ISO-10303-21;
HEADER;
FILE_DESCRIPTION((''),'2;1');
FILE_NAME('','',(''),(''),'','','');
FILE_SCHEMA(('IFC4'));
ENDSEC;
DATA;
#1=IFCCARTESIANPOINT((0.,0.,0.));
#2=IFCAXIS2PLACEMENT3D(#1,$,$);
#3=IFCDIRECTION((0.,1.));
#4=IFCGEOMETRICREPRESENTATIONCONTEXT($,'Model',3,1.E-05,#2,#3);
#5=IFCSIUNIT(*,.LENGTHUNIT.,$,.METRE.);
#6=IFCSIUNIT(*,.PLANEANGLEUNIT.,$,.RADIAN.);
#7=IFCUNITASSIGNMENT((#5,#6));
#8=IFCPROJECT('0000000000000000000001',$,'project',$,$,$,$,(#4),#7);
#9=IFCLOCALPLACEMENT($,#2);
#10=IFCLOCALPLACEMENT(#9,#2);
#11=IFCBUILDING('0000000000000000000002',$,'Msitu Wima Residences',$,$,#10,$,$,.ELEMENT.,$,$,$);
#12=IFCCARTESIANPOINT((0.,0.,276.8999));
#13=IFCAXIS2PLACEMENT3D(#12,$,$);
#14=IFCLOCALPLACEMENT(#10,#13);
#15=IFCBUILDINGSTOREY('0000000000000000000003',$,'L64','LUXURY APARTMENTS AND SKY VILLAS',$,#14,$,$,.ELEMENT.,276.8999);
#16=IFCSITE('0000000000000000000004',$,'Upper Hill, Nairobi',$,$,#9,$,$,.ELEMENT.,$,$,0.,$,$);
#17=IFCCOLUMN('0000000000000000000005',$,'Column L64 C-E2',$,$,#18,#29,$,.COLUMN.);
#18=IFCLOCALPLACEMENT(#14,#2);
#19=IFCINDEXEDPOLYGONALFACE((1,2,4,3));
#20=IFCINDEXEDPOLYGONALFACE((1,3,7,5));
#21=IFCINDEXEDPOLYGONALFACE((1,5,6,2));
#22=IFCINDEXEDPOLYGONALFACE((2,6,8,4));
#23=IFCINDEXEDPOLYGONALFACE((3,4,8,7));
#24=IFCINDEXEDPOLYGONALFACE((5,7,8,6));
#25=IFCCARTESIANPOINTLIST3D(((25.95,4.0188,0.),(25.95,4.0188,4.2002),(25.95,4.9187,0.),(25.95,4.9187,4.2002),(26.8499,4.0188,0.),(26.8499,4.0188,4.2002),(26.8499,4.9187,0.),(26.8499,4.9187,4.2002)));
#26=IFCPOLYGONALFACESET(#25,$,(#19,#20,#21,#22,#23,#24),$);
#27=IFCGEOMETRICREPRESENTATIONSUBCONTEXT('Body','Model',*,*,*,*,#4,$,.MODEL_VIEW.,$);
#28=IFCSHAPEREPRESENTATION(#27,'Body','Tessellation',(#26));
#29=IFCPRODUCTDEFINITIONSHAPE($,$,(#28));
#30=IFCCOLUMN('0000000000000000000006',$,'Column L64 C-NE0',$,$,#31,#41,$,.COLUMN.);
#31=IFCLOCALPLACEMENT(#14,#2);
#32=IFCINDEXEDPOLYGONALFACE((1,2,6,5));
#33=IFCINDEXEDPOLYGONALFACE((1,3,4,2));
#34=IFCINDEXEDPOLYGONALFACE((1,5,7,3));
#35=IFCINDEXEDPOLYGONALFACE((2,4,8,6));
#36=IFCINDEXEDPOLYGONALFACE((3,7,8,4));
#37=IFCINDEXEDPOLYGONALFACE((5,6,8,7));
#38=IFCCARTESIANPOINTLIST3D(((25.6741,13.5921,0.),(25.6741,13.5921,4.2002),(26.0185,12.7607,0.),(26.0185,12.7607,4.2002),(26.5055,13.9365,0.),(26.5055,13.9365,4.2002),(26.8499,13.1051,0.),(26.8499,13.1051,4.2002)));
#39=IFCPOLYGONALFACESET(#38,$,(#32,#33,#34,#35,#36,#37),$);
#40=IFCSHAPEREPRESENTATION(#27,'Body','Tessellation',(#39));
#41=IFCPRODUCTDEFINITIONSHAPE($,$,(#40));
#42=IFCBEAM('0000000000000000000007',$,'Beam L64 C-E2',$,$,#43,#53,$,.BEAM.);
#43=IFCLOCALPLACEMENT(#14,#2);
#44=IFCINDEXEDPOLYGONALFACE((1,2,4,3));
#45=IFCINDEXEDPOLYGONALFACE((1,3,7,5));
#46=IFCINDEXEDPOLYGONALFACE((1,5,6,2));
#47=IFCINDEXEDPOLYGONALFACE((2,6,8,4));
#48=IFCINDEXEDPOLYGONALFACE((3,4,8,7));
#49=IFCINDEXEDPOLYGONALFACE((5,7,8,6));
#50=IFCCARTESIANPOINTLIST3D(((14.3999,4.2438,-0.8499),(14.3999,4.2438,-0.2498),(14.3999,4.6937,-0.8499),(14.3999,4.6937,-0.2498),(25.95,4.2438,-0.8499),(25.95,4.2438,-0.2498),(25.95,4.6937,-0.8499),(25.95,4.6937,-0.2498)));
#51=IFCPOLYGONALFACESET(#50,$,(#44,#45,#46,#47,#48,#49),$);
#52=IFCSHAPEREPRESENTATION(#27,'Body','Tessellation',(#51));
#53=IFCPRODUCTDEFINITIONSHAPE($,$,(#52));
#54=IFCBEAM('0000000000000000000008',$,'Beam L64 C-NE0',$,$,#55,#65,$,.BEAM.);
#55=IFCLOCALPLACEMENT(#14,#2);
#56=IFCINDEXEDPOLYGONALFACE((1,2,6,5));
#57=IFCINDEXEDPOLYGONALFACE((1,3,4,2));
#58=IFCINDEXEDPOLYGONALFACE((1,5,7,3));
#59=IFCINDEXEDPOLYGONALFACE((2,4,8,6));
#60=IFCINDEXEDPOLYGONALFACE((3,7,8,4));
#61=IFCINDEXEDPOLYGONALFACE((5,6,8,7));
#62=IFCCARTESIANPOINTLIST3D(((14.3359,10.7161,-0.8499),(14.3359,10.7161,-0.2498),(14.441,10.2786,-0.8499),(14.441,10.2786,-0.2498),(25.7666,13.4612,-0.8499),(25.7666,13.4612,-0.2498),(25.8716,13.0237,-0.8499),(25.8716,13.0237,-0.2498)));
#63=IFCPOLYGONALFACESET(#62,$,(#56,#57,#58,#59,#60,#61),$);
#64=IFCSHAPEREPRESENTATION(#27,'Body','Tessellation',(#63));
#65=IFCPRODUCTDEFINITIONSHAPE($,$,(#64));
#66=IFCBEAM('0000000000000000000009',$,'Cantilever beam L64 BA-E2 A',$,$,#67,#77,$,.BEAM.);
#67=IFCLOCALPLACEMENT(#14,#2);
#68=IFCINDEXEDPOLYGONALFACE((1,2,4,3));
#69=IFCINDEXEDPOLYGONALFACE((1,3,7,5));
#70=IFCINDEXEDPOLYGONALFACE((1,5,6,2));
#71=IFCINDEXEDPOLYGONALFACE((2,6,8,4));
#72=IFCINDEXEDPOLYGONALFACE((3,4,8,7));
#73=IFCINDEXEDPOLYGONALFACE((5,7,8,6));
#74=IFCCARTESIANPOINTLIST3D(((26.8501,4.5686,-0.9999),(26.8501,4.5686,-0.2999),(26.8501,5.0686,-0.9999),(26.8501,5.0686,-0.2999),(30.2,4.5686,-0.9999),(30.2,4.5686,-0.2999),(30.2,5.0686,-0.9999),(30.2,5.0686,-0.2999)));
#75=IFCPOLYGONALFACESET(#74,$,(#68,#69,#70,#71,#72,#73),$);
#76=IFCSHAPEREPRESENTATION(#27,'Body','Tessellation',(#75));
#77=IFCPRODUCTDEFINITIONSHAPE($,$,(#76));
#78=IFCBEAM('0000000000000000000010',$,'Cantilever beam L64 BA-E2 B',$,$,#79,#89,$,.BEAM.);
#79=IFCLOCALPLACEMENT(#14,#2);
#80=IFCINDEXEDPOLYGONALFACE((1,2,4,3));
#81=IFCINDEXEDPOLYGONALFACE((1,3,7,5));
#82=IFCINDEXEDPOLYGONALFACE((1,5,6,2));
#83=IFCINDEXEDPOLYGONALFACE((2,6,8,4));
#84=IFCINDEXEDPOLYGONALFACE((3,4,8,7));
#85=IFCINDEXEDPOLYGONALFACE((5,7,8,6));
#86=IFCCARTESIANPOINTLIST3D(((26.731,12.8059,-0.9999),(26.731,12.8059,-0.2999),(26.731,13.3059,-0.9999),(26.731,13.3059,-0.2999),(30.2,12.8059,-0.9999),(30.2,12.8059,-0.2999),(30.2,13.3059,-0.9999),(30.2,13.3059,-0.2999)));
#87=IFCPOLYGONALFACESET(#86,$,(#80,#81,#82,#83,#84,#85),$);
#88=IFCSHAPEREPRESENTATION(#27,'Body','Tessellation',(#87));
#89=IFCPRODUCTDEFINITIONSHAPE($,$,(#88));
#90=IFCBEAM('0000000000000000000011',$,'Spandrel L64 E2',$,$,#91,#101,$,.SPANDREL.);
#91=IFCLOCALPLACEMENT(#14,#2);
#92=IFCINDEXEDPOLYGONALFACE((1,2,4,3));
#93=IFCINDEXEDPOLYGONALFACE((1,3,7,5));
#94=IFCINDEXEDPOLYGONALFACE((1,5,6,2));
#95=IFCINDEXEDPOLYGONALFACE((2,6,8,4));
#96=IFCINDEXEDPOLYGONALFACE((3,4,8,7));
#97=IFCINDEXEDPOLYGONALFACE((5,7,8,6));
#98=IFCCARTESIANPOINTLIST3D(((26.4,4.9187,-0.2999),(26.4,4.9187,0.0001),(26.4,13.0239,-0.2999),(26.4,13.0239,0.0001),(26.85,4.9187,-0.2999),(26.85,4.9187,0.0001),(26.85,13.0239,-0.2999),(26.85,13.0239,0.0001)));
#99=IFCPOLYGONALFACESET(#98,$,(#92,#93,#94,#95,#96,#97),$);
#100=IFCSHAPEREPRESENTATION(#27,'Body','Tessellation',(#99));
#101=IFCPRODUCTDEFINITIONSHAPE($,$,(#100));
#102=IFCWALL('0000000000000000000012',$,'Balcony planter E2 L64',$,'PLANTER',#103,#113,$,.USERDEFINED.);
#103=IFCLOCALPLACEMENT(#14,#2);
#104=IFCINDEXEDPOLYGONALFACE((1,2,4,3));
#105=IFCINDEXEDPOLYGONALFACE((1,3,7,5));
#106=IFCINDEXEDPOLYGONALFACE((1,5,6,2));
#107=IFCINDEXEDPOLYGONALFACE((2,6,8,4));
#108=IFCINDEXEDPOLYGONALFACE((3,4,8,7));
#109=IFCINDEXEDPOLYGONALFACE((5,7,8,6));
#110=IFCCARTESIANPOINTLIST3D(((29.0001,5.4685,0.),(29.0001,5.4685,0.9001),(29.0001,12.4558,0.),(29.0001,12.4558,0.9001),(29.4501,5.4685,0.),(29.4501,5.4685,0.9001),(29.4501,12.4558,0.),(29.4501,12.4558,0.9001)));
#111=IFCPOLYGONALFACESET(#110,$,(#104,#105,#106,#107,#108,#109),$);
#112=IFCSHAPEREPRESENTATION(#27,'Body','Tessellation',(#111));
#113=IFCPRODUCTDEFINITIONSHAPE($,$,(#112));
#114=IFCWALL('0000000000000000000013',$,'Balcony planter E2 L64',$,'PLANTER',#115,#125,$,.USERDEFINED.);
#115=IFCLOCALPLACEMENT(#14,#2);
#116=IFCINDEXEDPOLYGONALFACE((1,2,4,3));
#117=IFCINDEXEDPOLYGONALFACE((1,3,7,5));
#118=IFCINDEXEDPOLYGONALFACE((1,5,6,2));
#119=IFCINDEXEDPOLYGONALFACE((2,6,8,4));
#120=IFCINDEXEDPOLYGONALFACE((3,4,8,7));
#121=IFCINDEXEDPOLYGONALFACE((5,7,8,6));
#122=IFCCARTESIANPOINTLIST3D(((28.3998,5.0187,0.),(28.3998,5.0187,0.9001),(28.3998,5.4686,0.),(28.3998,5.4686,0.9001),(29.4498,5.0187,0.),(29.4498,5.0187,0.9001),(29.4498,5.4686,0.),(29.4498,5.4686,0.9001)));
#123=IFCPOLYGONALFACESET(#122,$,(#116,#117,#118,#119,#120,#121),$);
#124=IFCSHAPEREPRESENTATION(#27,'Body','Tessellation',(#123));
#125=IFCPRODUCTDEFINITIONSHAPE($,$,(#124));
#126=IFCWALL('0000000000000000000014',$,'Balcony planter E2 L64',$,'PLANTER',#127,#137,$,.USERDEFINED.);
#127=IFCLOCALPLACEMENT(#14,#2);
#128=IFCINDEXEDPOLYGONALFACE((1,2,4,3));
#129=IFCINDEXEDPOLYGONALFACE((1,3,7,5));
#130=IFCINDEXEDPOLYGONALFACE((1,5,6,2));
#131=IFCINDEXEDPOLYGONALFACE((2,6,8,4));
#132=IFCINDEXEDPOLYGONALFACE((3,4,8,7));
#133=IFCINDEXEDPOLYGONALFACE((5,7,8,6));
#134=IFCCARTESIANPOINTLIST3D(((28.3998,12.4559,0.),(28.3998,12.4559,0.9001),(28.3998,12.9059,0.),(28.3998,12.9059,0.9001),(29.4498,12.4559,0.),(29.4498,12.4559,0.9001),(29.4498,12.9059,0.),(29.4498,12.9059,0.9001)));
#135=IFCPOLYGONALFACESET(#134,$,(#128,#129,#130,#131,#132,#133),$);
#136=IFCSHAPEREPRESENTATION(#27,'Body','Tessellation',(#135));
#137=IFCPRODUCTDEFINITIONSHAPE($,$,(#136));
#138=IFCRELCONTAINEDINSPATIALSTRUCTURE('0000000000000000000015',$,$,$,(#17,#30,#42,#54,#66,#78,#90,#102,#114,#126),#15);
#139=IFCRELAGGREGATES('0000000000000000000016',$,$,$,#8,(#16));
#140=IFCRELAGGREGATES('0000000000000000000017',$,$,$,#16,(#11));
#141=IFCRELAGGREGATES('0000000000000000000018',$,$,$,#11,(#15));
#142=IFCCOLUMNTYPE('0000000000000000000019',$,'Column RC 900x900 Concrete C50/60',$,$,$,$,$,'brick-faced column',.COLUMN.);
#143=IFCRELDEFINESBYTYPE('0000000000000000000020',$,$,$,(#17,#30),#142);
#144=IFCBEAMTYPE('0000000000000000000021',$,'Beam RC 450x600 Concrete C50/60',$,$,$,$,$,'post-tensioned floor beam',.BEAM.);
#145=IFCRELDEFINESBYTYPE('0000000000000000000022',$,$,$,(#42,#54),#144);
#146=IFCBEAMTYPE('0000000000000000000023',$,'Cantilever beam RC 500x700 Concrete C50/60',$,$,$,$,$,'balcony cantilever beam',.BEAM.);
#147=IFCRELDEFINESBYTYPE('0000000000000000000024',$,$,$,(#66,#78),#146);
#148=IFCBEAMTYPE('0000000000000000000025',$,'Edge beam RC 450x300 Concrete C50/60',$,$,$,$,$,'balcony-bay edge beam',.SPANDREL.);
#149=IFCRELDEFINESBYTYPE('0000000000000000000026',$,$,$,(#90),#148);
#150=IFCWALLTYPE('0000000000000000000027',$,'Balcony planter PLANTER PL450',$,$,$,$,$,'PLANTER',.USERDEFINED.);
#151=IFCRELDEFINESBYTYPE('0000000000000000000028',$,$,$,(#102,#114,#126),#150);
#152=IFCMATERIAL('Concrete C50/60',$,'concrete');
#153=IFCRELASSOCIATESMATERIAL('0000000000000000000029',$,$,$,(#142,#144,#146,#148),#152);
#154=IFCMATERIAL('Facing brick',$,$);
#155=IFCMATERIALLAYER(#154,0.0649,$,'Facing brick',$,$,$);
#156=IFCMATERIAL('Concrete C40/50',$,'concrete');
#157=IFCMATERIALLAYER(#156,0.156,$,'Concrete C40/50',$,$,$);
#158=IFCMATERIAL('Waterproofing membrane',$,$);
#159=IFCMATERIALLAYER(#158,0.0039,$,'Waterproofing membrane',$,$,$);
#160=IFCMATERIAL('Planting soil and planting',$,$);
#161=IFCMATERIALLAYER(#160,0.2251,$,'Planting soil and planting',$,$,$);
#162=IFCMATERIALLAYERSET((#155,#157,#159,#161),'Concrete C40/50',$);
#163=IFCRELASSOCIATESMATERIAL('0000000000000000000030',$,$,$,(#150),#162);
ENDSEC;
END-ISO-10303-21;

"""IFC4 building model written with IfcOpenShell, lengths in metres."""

from ifc_helpers import new_model, si_unit, direction, frame, frame_2d, origin, origin_2d, place, context, subcontext, project, spatial, rectangle, extrude, material, layer, layer_set, material_profile, profile_set, type_object, element, save


model = new_model("IFC4")

# Units and contexts
model_context = context("Model", 3, precision=1e-05, world=origin(), true_north=direction((0.0, 1.0)))
body_context = subcontext(model_context, "Body", "Model", "MODEL_VIEW")
ifc_project = project(units=[si_unit("LENGTHUNIT", "METRE"), si_unit("PLANEANGLEUNIT", "RADIAN")], contexts=[model_context])

# Site, building, storey
site_placement = place(None, origin())
site = spatial("IfcSite", under=ifc_project, at=site_placement, Name="Upper Hill, Nairobi", CompositionType="ELEMENT", RefElevation=0.0)
building_placement = place(site_placement, origin())
building = spatial("IfcBuilding", under=site, at=building_placement, Name="Msitu Wima Residences", CompositionType="ELEMENT")
storey_placement = place(building_placement, frame((0.0, 0.0, 276.8999)))
storey = spatial("IfcBuildingStorey", under=building, at=storey_placement, Name="L64", Description="LUXURY APARTMENTS AND SKY VILLAS", CompositionType="ELEMENT", Elevation=276.8999)

# Columns
ifc_material_1 = material(Name="Concrete C50/60", Category="concrete")
ifc_material_profile_1 = material_profile(ifc_material_1, rectangle(XDim=0.8999, YDim=0.8999, at=origin_2d()), Name="RC 900x900")
ifc_profile_set_1 = profile_set([ifc_material_profile_1], Name="Concrete C50/60")
column_type = type_object("IfcColumnType", Name="Column RC 900x900 Concrete C50/60", ElementType="brick-faced column", PredefinedType="COLUMN", material=ifc_profile_set_1)
for number, where, z_axis, x_axis, name in (
    (1, (26.3999, 4.4688, 0.0), (0.0, 0.0, 1.0), (0.0, 1.0, 0.0), "Column L64 C-E2"),
    (2, (26.262, 13.3486, 0.0), (0.0, 0.0, 1.0), (-0.382683, 0.92388, 0.0), "Column L64 C-NE0"),
):
    element("IfcColumn", number, at=place(storey_placement, frame(where, z_axis=z_axis, x_axis=x_axis)), inside=storey, type_object=column_type, Name=name, PredefinedType="COLUMN", context=body_context, shape_type="SweptSolid", body=[
        extrude(rectangle(XDim=0.8999, YDim=0.8999, at=origin_2d()), origin(), (0.0, 0.0, 1.0), 4.2002),
    ])

# Beams
ifc_material_profile_2 = material_profile(ifc_material_1, rectangle(XDim=0.45, YDim=0.6001, at=origin_2d()), Name="RC 450x600")
ifc_profile_set_2 = profile_set([ifc_material_profile_2], Name="Concrete C50/60")
beam_type_1 = type_object("IfcBeamType", Name="Beam RC 450x600 Concrete C50/60", ElementType="post-tensioned floor beam", PredefinedType="BEAM", material=ifc_profile_set_2)
beam_1_placement = place(storey_placement, frame((25.95, 4.4688, -0.5498), z_axis=(-1.0, 0.0, 0.0), x_axis=(0.0, -1.0, 0.0)))
element("IfcBeam", 3, at=beam_1_placement, inside=storey, type_object=beam_type_1, Name="Beam L64 C-E2", PredefinedType="BEAM", context=body_context, shape_type="SweptSolid", body=[
    extrude(rectangle(XDim=0.45, YDim=0.6001, at=origin_2d()), origin(), (0.0, 0.0, 1.0), 11.55),
])
beam_2_placement = place(storey_placement, frame((25.8191, 13.2424, -0.5498), z_axis=(-0.972353, -0.233514, 0.0), x_axis=(0.233514, -0.972353, 0.0)))
element("IfcBeam", 4, at=beam_2_placement, inside=storey, type_object=beam_type_1, Name="Beam L64 C-NE0", PredefinedType="BEAM", context=body_context, shape_type="SweptSolid", body=[
    extrude(rectangle(XDim=0.45, YDim=0.6001, at=origin_2d()), origin(), (0.0, 0.0, 1.0), 11.7556),
])
ifc_material_profile_3 = material_profile(ifc_material_1, rectangle(XDim=0.5, YDim=0.7, at=origin_2d()), Name="RC 500x700")
ifc_profile_set_3 = profile_set([ifc_material_profile_3], Name="Concrete C50/60")
beam_type_2 = type_object("IfcBeamType", Name="Cantilever beam RC 500x700 Concrete C50/60", ElementType="balcony cantilever beam", PredefinedType="BEAM", material=ifc_profile_set_3)
beam_3_placement = place(storey_placement, frame((26.8501, 4.8186, -0.6499), z_axis=(1.0, 0.0, 0.0), x_axis=(0.0, 1.0, 0.0)))
element("IfcBeam", 5, at=beam_3_placement, inside=storey, type_object=beam_type_2, Name="Cantilever beam L64 BA-E2 A", PredefinedType="BEAM", context=body_context, shape_type="SweptSolid", body=[
    extrude(rectangle(XDim=0.5, YDim=0.7, at=origin_2d()), origin(), (0.0, 0.0, 1.0), 3.3499),
])
beam_4_placement = place(storey_placement, frame((26.731, 13.0559, -0.6499), z_axis=(1.0, 0.0, 0.0), x_axis=(0.0, 1.0, 0.0)))
element("IfcBeam", 6, at=beam_4_placement, inside=storey, type_object=beam_type_2, Name="Cantilever beam L64 BA-E2 B", PredefinedType="BEAM", context=body_context, shape_type="SweptSolid", body=[
    extrude(rectangle(XDim=0.5, YDim=0.7, at=origin_2d()), origin(), (0.0, 0.0, 1.0), 3.469),
])
ifc_material_profile_4 = material_profile(ifc_material_1, rectangle(XDim=0.45, YDim=0.3, at=origin_2d()), Name="RC 450x300")
ifc_profile_set_4 = profile_set([ifc_material_profile_4], Name="Concrete C50/60")
beam_type_3 = type_object("IfcBeamType", Name="Edge beam RC 450x300 Concrete C50/60", ElementType="balcony-bay edge beam", PredefinedType="SPANDREL", material=ifc_profile_set_4)
beam_5_placement = place(storey_placement, frame((26.625, 4.9187, -0.1499), z_axis=(0.0, 1.0, 0.0), x_axis=(-1.0, 0.0, 0.0)))
element("IfcBeam", 7, at=beam_5_placement, inside=storey, type_object=beam_type_3, Name="Spandrel L64 E2", PredefinedType="SPANDREL", context=body_context, shape_type="SweptSolid", body=[
    extrude(rectangle(XDim=0.45, YDim=0.3, at=origin_2d()), origin(), (0.0, 0.0, 1.0), 8.1052),
])

# Walls
ifc_material_2 = material(Name="Facing brick")
ifc_layer_1 = layer(ifc_material_2, 0.0649, Name="Facing brick")
ifc_material_3 = material(Name="Concrete C40/50", Category="concrete")
ifc_layer_2 = layer(ifc_material_3, 0.156, Name="Concrete C40/50")
ifc_material_4 = material(Name="Waterproofing membrane")
ifc_layer_3 = layer(ifc_material_4, 0.0039, Name="Waterproofing membrane")
ifc_material_5 = material(Name="Planting soil and planting")
ifc_layer_4 = layer(ifc_material_5, 0.2251, Name="Planting soil and planting")
ifc_layer_set_1 = layer_set([ifc_layer_1, ifc_layer_2, ifc_layer_3, ifc_layer_4], Name="Concrete C40/50")
wall_type_1 = type_object("IfcWallType", Name="Balcony planter PLANTER PL450", ElementType="PLANTER", PredefinedType="USERDEFINED", material=ifc_layer_set_1)
wall_1_placement = place(storey_placement, frame((29.2251, 5.4685, 0.0), z_axis=(0.0, 0.0, 1.0), x_axis=(0.0, 1.0, 0.0)))
element("IfcWall", 8, at=wall_1_placement, inside=storey, type_object=wall_type_1, Name="Balcony planter E2 L64", ObjectType="PLANTER", PredefinedType="USERDEFINED", context=body_context, shape_type="SweptSolid", body=[
    extrude(rectangle(XDim=6.9873, YDim=0.45, at=frame_2d((3.4937, 0.0))), origin(), (0.0, 0.0, 1.0), 0.9001),
])
for number, where, z_axis, x_axis, name in (
    (9, (28.3999, 5.2437, 0.0), (0.0, 0.0, 1.0), (1.0, 0.0, 0.0), "Balcony planter E2 L64"),
    (10, (28.3999, 12.6809, 0.0), (0.0, 0.0, 1.0), (1.0, 0.0, 0.0), "Balcony planter E2 L64"),
):
    element("IfcWall", number, at=place(storey_placement, frame(where, z_axis=z_axis, x_axis=x_axis)), inside=storey, type_object=wall_type_1, Name=name, ObjectType="PLANTER", PredefinedType="USERDEFINED", context=body_context, shape_type="SweptSolid", body=[
        extrude(rectangle(XDim=1.05, YDim=0.45, at=frame_2d((0.5249, 0.0))), origin(), (0.0, 0.0, 1.0), 0.9001),
    ])

save(model, "model.ifc")
